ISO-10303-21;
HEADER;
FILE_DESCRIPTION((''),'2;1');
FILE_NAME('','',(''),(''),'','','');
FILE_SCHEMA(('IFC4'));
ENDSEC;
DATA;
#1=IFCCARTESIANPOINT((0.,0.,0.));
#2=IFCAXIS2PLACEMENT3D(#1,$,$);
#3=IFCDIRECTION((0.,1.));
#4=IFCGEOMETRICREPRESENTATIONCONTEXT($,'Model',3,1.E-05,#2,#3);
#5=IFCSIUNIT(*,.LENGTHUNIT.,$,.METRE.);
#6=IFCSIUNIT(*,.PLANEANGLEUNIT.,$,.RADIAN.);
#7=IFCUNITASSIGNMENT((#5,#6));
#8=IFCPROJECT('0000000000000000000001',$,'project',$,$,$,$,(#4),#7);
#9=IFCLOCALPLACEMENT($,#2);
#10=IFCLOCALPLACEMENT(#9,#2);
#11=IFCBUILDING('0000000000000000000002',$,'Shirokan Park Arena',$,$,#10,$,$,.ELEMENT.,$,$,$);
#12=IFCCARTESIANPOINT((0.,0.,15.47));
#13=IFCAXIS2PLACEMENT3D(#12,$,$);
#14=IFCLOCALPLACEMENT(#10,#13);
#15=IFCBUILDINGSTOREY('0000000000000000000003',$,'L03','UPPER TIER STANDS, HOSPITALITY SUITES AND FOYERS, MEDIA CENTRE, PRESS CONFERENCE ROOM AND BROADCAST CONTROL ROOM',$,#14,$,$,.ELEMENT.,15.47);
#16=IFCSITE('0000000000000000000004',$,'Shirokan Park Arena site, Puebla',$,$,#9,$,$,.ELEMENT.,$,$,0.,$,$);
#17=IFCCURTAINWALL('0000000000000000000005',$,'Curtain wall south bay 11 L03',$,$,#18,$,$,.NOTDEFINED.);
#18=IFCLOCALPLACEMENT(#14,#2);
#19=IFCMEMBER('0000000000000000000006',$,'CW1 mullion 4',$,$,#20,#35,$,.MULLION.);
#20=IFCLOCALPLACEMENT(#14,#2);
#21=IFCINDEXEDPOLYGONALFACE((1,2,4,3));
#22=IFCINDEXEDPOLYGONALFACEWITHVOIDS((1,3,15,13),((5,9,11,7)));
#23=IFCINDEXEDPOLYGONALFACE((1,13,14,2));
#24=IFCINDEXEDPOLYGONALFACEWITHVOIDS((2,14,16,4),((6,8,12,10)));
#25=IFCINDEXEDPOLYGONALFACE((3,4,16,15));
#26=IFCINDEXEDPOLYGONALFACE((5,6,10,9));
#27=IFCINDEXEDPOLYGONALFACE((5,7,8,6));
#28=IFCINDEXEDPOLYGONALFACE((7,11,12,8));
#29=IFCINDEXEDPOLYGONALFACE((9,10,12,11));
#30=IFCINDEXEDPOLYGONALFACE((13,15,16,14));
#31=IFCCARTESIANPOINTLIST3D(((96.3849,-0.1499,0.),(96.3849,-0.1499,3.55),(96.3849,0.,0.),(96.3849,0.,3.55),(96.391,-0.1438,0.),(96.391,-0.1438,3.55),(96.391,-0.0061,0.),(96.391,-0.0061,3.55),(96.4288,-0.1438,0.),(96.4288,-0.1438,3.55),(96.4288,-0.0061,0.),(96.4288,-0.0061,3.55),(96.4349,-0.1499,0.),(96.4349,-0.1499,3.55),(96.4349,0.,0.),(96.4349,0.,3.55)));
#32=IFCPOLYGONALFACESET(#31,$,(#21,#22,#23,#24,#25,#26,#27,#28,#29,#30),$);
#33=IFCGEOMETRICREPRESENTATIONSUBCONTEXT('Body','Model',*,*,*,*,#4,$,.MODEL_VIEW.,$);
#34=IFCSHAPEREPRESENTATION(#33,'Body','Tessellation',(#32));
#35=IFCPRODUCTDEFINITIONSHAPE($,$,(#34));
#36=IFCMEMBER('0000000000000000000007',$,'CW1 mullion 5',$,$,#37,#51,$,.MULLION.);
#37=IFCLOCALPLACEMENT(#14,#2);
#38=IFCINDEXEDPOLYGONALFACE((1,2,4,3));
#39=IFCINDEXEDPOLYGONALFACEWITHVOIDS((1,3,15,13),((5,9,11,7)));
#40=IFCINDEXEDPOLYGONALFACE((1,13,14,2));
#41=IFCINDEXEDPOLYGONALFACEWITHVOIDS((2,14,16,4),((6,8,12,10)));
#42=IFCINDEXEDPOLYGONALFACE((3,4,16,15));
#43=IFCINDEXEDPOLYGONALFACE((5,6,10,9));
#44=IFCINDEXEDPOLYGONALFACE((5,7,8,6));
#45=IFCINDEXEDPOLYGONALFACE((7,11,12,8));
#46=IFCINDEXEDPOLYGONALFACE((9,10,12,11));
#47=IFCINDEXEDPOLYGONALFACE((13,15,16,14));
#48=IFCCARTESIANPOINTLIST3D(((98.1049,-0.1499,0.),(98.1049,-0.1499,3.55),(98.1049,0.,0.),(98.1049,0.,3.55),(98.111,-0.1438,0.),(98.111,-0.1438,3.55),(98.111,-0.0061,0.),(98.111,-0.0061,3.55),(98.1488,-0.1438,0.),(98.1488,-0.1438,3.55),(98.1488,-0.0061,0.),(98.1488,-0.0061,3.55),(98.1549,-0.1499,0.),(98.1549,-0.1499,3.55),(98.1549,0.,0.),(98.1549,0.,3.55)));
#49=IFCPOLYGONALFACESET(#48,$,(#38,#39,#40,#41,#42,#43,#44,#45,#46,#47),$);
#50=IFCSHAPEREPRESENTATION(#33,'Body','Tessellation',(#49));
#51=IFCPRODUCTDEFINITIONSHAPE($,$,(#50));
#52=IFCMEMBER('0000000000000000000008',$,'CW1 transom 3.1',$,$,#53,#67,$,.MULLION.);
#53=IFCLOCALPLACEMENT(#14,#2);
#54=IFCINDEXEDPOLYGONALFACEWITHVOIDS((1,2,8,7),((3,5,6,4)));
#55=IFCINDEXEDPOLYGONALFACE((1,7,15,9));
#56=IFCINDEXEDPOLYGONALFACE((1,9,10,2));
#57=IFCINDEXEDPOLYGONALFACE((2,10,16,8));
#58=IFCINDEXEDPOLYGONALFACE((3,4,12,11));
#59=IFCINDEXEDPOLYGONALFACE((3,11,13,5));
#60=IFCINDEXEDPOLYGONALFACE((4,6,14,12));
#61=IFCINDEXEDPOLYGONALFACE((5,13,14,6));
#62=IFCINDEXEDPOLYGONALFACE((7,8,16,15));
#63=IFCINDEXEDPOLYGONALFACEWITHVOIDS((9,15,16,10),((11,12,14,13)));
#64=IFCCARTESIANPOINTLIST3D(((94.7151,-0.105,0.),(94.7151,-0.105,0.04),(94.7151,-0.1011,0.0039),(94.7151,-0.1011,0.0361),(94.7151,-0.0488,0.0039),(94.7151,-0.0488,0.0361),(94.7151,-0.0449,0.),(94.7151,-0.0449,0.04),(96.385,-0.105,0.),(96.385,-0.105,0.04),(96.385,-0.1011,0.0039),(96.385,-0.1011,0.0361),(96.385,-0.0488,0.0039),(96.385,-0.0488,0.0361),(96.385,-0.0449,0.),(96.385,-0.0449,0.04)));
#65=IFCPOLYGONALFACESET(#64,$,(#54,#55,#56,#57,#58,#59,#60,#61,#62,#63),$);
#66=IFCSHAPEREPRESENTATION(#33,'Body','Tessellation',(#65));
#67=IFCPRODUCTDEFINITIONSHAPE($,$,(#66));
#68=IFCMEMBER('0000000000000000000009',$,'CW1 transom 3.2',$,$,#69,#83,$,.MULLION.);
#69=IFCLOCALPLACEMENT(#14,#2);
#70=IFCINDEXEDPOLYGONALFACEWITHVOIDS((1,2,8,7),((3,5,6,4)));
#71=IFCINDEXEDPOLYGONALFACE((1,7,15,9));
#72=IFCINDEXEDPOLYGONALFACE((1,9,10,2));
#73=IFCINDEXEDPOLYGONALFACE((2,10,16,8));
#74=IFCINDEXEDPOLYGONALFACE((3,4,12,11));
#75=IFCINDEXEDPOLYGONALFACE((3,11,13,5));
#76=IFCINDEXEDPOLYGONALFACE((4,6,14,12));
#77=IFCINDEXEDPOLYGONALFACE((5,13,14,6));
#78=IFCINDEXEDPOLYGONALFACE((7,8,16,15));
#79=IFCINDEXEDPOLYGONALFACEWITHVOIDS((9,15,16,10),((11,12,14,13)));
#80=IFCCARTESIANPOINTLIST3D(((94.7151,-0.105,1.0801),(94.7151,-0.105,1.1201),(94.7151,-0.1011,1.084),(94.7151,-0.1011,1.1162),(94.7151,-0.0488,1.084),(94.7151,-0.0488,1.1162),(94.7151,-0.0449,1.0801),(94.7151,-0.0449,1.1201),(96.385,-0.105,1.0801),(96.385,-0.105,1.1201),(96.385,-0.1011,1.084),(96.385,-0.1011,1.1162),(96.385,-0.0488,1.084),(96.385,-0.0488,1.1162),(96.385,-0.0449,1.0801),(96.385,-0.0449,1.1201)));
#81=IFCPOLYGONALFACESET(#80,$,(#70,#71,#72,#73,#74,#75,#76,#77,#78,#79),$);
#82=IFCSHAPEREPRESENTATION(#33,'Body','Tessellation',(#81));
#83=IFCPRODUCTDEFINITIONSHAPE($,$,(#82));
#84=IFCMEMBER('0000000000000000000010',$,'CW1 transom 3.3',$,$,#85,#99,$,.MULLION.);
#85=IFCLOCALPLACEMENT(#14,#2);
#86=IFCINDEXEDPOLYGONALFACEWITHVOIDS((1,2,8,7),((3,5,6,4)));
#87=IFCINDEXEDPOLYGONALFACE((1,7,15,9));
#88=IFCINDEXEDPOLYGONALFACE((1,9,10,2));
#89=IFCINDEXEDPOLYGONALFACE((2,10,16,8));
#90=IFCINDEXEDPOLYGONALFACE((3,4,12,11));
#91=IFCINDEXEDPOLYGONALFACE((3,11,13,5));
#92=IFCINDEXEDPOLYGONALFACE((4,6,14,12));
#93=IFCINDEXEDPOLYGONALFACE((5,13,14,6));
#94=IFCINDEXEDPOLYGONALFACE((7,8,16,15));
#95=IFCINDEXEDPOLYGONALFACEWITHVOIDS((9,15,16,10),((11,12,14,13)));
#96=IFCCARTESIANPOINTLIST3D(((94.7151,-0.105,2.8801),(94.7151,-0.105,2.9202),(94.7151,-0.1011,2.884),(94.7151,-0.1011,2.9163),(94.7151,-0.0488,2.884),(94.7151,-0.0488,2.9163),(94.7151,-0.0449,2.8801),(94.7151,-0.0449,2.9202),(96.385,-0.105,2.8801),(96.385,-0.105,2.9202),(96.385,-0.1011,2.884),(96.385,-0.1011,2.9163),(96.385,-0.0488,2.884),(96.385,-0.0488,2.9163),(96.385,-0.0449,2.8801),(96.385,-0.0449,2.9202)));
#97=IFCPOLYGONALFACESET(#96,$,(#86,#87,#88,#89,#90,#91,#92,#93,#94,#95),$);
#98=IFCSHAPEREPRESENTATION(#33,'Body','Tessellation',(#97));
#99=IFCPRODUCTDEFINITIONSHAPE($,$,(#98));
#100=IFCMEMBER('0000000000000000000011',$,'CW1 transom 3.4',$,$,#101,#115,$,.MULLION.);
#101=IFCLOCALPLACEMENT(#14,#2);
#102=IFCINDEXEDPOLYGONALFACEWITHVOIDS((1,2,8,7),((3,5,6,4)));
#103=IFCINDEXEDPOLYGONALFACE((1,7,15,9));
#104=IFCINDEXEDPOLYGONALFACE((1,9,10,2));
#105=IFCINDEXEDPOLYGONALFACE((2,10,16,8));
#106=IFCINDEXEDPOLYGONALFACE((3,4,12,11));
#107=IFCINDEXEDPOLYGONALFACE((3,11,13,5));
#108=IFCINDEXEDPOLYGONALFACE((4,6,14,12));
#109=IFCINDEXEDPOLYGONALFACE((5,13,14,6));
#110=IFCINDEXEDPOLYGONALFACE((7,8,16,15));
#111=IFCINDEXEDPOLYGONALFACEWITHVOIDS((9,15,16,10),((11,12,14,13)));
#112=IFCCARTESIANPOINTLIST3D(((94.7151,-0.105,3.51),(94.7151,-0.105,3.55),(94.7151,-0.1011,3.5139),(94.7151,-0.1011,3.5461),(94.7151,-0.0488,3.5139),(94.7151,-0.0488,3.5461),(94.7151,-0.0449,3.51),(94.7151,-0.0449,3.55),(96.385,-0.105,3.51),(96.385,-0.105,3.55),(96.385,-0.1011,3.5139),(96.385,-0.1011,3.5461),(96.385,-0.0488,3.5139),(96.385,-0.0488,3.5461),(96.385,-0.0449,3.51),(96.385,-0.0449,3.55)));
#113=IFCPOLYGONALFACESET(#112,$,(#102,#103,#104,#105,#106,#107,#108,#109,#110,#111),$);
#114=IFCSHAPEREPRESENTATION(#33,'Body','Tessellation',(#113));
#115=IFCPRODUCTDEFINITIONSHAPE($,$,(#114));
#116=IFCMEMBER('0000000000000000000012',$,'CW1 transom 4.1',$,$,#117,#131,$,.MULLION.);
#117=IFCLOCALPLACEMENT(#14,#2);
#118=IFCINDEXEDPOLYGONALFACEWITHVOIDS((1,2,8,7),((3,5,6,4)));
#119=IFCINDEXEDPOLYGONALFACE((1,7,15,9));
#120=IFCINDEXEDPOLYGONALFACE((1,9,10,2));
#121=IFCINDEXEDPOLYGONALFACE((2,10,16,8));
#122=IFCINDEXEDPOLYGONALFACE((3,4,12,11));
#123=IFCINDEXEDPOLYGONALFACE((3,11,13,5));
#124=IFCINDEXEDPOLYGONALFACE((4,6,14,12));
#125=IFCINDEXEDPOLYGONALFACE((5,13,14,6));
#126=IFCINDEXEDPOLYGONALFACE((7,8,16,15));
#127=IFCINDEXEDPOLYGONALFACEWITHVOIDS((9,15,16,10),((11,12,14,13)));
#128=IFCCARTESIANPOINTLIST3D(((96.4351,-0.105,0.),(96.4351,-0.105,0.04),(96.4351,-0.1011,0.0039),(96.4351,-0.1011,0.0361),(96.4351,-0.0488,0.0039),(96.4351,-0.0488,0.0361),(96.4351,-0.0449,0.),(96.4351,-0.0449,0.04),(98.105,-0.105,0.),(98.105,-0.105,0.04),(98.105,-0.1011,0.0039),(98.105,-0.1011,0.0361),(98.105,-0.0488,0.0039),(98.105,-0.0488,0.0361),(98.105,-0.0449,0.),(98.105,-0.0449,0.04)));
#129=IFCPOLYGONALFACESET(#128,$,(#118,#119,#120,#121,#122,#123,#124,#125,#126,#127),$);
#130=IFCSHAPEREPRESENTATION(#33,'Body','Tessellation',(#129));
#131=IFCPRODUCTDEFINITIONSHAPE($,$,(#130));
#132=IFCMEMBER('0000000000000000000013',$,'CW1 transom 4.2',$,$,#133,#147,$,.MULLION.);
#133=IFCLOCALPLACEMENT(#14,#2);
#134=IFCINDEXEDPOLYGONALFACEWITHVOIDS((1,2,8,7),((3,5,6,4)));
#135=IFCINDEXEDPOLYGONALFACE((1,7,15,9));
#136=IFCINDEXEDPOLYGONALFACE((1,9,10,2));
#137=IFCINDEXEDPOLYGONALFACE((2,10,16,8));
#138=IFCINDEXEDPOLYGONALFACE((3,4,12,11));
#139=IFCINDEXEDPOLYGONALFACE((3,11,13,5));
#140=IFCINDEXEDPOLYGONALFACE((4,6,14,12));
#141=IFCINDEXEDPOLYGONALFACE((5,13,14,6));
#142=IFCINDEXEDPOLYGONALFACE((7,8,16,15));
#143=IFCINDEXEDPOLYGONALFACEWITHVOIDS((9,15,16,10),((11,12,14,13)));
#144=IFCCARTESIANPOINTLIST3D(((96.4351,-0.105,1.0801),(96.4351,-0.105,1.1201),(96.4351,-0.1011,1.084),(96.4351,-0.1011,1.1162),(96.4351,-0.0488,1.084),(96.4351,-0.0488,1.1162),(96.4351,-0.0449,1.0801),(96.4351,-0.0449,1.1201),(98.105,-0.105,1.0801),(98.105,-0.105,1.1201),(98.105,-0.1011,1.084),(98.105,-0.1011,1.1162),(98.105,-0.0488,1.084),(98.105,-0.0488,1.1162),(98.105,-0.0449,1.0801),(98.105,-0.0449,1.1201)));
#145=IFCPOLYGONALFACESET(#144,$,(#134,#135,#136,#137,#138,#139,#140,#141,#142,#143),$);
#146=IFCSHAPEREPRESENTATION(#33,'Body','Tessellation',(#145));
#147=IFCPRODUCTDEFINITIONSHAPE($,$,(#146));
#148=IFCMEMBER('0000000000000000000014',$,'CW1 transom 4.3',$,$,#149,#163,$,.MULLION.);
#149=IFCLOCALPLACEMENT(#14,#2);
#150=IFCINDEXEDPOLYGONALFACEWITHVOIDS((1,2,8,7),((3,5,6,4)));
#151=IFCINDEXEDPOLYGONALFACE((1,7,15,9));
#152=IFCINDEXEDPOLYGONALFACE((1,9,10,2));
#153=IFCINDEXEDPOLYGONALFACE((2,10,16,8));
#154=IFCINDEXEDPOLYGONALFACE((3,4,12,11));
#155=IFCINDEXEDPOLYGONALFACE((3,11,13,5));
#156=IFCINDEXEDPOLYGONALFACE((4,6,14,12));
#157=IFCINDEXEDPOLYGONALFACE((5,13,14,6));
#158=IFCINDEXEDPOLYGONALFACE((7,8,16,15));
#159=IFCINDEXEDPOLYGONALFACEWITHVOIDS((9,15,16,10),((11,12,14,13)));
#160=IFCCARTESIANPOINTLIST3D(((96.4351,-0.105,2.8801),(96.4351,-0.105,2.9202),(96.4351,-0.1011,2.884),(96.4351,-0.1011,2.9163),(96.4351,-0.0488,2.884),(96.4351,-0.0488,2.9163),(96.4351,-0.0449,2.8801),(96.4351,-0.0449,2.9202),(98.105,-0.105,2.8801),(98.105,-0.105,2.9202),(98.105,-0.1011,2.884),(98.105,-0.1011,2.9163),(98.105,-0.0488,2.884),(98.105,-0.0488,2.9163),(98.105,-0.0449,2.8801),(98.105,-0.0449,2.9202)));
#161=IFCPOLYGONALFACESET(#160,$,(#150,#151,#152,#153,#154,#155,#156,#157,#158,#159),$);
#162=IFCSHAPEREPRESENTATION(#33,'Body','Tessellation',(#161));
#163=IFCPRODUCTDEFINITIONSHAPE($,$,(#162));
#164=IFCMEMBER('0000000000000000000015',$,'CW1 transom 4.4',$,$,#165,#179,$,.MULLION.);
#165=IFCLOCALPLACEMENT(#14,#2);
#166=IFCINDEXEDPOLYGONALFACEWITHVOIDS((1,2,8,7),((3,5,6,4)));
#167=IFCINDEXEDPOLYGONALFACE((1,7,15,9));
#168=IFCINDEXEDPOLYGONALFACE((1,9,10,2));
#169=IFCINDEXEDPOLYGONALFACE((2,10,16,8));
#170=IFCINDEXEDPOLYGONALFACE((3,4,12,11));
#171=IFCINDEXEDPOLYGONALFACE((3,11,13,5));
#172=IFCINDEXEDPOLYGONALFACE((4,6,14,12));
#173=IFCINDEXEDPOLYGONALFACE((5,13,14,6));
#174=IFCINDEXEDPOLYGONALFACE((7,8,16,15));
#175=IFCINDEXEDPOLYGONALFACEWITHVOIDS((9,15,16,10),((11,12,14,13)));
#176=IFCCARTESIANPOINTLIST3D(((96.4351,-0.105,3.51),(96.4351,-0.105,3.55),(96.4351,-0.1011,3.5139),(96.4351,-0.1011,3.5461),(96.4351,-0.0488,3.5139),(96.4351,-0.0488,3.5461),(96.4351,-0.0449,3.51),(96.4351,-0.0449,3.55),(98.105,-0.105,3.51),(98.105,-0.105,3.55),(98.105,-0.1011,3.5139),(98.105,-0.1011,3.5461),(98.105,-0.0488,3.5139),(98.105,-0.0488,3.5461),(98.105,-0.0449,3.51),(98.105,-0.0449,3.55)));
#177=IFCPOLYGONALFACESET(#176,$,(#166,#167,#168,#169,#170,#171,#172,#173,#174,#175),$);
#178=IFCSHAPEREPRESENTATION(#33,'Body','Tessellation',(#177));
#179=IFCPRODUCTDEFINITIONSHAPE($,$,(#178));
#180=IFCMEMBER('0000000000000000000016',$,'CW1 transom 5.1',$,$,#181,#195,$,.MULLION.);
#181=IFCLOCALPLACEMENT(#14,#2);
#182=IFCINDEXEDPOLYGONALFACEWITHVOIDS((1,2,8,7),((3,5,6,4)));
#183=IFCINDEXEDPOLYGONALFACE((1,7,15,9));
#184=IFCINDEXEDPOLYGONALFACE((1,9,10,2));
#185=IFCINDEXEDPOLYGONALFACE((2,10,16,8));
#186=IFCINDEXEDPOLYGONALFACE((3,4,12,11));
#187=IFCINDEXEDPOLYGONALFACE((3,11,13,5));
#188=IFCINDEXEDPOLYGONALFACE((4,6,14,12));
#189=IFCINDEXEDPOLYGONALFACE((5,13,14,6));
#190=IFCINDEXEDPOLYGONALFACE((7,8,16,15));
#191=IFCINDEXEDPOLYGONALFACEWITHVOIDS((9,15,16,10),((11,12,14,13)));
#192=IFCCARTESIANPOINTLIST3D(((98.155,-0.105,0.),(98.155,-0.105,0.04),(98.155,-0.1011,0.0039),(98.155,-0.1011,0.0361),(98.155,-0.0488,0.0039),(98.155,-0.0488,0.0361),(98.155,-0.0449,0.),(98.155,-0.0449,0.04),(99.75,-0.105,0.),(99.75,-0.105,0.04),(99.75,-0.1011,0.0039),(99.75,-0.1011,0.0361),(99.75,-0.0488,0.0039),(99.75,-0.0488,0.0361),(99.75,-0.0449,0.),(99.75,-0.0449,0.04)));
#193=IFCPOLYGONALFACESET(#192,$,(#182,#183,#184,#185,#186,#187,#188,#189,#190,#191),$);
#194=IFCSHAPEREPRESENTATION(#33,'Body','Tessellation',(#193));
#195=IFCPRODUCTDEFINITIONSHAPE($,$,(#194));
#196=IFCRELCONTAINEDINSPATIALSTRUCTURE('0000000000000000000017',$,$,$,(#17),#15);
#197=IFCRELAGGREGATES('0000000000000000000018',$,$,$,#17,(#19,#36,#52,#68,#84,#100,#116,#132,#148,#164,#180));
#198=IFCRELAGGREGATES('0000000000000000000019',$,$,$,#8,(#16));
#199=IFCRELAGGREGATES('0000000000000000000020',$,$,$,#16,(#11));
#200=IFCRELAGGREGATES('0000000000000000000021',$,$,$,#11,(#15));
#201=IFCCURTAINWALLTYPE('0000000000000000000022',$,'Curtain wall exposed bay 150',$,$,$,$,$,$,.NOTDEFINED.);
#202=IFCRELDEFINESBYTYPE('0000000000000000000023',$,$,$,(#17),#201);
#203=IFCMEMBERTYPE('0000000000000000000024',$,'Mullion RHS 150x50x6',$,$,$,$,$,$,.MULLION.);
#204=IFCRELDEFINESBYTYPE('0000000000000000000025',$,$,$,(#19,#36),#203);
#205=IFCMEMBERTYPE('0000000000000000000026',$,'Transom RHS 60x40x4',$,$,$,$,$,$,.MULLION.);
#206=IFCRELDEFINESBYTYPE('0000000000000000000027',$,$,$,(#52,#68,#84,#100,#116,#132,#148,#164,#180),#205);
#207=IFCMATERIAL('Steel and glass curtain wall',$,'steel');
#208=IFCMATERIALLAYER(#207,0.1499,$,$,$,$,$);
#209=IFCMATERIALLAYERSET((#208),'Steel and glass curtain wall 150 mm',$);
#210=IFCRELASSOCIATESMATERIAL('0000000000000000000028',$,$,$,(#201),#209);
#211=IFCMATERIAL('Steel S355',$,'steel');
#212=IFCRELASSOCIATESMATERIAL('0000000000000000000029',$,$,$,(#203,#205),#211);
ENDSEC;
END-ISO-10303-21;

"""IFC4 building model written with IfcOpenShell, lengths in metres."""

from ifc_helpers import new_model, si_unit, direction, frame, origin, origin_2d, place, context, subcontext, project, spatial, hollow_rectangle, extrude, material, layer, layer_set, material_profile, profile_set, type_object, element, aggregate, save


model = new_model("IFC4")

# Units and contexts
model_context = context("Model", 3, precision=1e-05, world=origin(), true_north=direction((0.0, 1.0)))
body_context = subcontext(model_context, "Body", "Model", "MODEL_VIEW")
ifc_project = project(units=[si_unit("LENGTHUNIT", "METRE"), si_unit("PLANEANGLEUNIT", "RADIAN")], contexts=[model_context])

# Site, building, storey
site_placement = place(None, origin())
site = spatial("IfcSite", under=ifc_project, at=site_placement, Name="Shirokan Park Arena site, Puebla", CompositionType="ELEMENT", RefElevation=0.0)
building_placement = place(site_placement, origin())
building = spatial("IfcBuilding", under=site, at=building_placement, Name="Shirokan Park Arena", CompositionType="ELEMENT")
storey_placement = place(building_placement, frame((0.0, 0.0, 15.47)))
storey = spatial("IfcBuildingStorey", under=building, at=storey_placement, Name="L03", Description="UPPER TIER STANDS, HOSPITALITY SUITES AND FOYERS, MEDIA CENTRE, PRESS CONFERENCE ROOM AND BROADCAST CONTROL ROOM", CompositionType="ELEMENT", Elevation=15.47)

# Curtain wall, members
ifc_material_1 = material(Name="Steel and glass curtain wall", Category="steel")
ifc_layer_1 = layer(ifc_material_1, 0.1499)
ifc_layer_set_1 = layer_set([ifc_layer_1], Name="Steel and glass curtain wall 150 mm")
curtain_wall_type = type_object("IfcCurtainWallType", Name="Curtain wall exposed bay 150", PredefinedType="NOTDEFINED", material=ifc_layer_set_1)
curtain_wall_placement = place(storey_placement, origin())
curtain_wall = element("IfcCurtainWall", 1, at=curtain_wall_placement, inside=storey, type_object=curtain_wall_type, Name="Curtain wall south bay 11 L03", PredefinedType="NOTDEFINED")
ifc_material_2 = material(Name="Steel S355", Category="steel")
ifc_material_profile_1 = material_profile(ifc_material_2, hollow_rectangle(XDim=0.1499, YDim=0.05, WallThickness=0.0061, at=origin_2d()), Name="RHS 150x50x6")
ifc_profile_set_1 = profile_set([ifc_material_profile_1], Name="Steel S355")
member_type_1 = type_object("IfcMemberType", Name="Mullion RHS 150x50x6", PredefinedType="MULLION", material=ifc_profile_set_1)
member_1_placement = place(storey_placement, frame((96.4099, -0.075, 0.0), z_axis=(0.0, 0.0, 1.0), x_axis=(0.0, 1.0, 0.0)))
member_1 = element("IfcMember", 2, at=member_1_placement, type_object=member_type_1, Name="CW1 mullion 4", PredefinedType="MULLION", context=body_context, shape_type="SweptSolid", body=[
    extrude(hollow_rectangle(XDim=0.1499, YDim=0.05, WallThickness=0.0061, at=origin_2d()), origin(), (0.0, 0.0, 1.0), 3.55),
])
member_2_placement = place(storey_placement, frame((98.1299, -0.075, 0.0), z_axis=(0.0, 0.0, 1.0), x_axis=(0.0, 1.0, 0.0)))
member_2 = element("IfcMember", 3, at=member_2_placement, type_object=member_type_1, Name="CW1 mullion 5", PredefinedType="MULLION", context=body_context, shape_type="SweptSolid", body=[
    extrude(hollow_rectangle(XDim=0.1499, YDim=0.05, WallThickness=0.0061, at=origin_2d()), origin(), (0.0, 0.0, 1.0), 3.55),
])
ifc_material_profile_2 = material_profile(ifc_material_2, hollow_rectangle(XDim=0.0601, YDim=0.04, WallThickness=0.0039, at=origin_2d()), Name="RHS 60x40x4")
ifc_profile_set_2 = profile_set([ifc_material_profile_2], Name="Steel S355")
member_type_2 = type_object("IfcMemberType", Name="Transom RHS 60x40x4", PredefinedType="MULLION", material=ifc_profile_set_2)
member_3_placement = place(storey_placement, frame((94.7151, -0.075, 0.02), z_axis=(1.0, 0.0, 0.0), x_axis=(0.0, 1.0, 0.0)))
member_3 = element("IfcMember", 4, at=member_3_placement, type_object=member_type_2, Name="CW1 transom 3.1", PredefinedType="MULLION", context=body_context, shape_type="SweptSolid", body=[
    extrude(hollow_rectangle(XDim=0.0601, YDim=0.04, WallThickness=0.0039, at=origin_2d()), origin(), (0.0, 0.0, 1.0), 1.6699),
])
member_4_placement = place(storey_placement, frame((94.7151, -0.075, 1.1001), z_axis=(1.0, 0.0, 0.0), x_axis=(0.0, 1.0, 0.0)))
member_4 = element("IfcMember", 5, at=member_4_placement, type_object=member_type_2, Name="CW1 transom 3.2", PredefinedType="MULLION", context=body_context, shape_type="SweptSolid", body=[
    extrude(hollow_rectangle(XDim=0.0601, YDim=0.04, WallThickness=0.0039, at=origin_2d()), origin(), (0.0, 0.0, 1.0), 1.6699),
])
member_5_placement = place(storey_placement, frame((94.7151, -0.075, 2.9001), z_axis=(1.0, 0.0, 0.0), x_axis=(0.0, 1.0, 0.0)))
member_5 = element("IfcMember", 6, at=member_5_placement, type_object=member_type_2, Name="CW1 transom 3.3", PredefinedType="MULLION", context=body_context, shape_type="SweptSolid", body=[
    extrude(hollow_rectangle(XDim=0.0601, YDim=0.04, WallThickness=0.0039, at=origin_2d()), origin(), (0.0, 0.0, 1.0), 1.6699),
])
member_6_placement = place(storey_placement, frame((94.7151, -0.075, 3.53), z_axis=(1.0, 0.0, 0.0), x_axis=(0.0, 1.0, 0.0)))
member_6 = element("IfcMember", 7, at=member_6_placement, type_object=member_type_2, Name="CW1 transom 3.4", PredefinedType="MULLION", context=body_context, shape_type="SweptSolid", body=[
    extrude(hollow_rectangle(XDim=0.0601, YDim=0.04, WallThickness=0.0039, at=origin_2d()), origin(), (0.0, 0.0, 1.0), 1.6699),
])
member_7_placement = place(storey_placement, frame((96.4351, -0.075, 0.02), z_axis=(1.0, 0.0, 0.0), x_axis=(0.0, 1.0, 0.0)))
member_7 = element("IfcMember", 8, at=member_7_placement, type_object=member_type_2, Name="CW1 transom 4.1", PredefinedType="MULLION", context=body_context, shape_type="SweptSolid", body=[
    extrude(hollow_rectangle(XDim=0.0601, YDim=0.04, WallThickness=0.0039, at=origin_2d()), origin(), (0.0, 0.0, 1.0), 1.6699),
])
member_8_placement = place(storey_placement, frame((96.4351, -0.075, 1.1001), z_axis=(1.0, 0.0, 0.0), x_axis=(0.0, 1.0, 0.0)))
member_8 = element("IfcMember", 9, at=member_8_placement, type_object=member_type_2, Name="CW1 transom 4.2", PredefinedType="MULLION", context=body_context, shape_type="SweptSolid", body=[
    extrude(hollow_rectangle(XDim=0.0601, YDim=0.04, WallThickness=0.0039, at=origin_2d()), origin(), (0.0, 0.0, 1.0), 1.6699),
])
member_9_placement = place(storey_placement, frame((96.4351, -0.075, 2.9001), z_axis=(1.0, 0.0, 0.0), x_axis=(0.0, 1.0, 0.0)))
member_9 = element("IfcMember", 10, at=member_9_placement, type_object=member_type_2, Name="CW1 transom 4.3", PredefinedType="MULLION", context=body_context, shape_type="SweptSolid", body=[
    extrude(hollow_rectangle(XDim=0.0601, YDim=0.04, WallThickness=0.0039, at=origin_2d()), origin(), (0.0, 0.0, 1.0), 1.6699),
])
member_10_placement = place(storey_placement, frame((96.4351, -0.075, 3.53), z_axis=(1.0, 0.0, 0.0), x_axis=(0.0, 1.0, 0.0)))
member_10 = element("IfcMember", 11, at=member_10_placement, type_object=member_type_2, Name="CW1 transom 4.4", PredefinedType="MULLION", context=body_context, shape_type="SweptSolid", body=[
    extrude(hollow_rectangle(XDim=0.0601, YDim=0.04, WallThickness=0.0039, at=origin_2d()), origin(), (0.0, 0.0, 1.0), 1.6699),
])
member_11_placement = place(storey_placement, frame((98.155, -0.075, 0.02), z_axis=(1.0, 0.0, 0.0), x_axis=(0.0, 1.0, 0.0)))
member_11 = element("IfcMember", 12, at=member_11_placement, type_object=member_type_2, Name="CW1 transom 5.1", PredefinedType="MULLION", context=body_context, shape_type="SweptSolid", body=[
    extrude(hollow_rectangle(XDim=0.0601, YDim=0.04, WallThickness=0.0039, at=origin_2d()), origin(), (0.0, 0.0, 1.0), 1.595),
])
aggregate(curtain_wall, [member_1, member_2, member_3, member_4, member_5, member_6, member_7, member_8, member_9, member_10, member_11])

save(model, "model.ifc")
